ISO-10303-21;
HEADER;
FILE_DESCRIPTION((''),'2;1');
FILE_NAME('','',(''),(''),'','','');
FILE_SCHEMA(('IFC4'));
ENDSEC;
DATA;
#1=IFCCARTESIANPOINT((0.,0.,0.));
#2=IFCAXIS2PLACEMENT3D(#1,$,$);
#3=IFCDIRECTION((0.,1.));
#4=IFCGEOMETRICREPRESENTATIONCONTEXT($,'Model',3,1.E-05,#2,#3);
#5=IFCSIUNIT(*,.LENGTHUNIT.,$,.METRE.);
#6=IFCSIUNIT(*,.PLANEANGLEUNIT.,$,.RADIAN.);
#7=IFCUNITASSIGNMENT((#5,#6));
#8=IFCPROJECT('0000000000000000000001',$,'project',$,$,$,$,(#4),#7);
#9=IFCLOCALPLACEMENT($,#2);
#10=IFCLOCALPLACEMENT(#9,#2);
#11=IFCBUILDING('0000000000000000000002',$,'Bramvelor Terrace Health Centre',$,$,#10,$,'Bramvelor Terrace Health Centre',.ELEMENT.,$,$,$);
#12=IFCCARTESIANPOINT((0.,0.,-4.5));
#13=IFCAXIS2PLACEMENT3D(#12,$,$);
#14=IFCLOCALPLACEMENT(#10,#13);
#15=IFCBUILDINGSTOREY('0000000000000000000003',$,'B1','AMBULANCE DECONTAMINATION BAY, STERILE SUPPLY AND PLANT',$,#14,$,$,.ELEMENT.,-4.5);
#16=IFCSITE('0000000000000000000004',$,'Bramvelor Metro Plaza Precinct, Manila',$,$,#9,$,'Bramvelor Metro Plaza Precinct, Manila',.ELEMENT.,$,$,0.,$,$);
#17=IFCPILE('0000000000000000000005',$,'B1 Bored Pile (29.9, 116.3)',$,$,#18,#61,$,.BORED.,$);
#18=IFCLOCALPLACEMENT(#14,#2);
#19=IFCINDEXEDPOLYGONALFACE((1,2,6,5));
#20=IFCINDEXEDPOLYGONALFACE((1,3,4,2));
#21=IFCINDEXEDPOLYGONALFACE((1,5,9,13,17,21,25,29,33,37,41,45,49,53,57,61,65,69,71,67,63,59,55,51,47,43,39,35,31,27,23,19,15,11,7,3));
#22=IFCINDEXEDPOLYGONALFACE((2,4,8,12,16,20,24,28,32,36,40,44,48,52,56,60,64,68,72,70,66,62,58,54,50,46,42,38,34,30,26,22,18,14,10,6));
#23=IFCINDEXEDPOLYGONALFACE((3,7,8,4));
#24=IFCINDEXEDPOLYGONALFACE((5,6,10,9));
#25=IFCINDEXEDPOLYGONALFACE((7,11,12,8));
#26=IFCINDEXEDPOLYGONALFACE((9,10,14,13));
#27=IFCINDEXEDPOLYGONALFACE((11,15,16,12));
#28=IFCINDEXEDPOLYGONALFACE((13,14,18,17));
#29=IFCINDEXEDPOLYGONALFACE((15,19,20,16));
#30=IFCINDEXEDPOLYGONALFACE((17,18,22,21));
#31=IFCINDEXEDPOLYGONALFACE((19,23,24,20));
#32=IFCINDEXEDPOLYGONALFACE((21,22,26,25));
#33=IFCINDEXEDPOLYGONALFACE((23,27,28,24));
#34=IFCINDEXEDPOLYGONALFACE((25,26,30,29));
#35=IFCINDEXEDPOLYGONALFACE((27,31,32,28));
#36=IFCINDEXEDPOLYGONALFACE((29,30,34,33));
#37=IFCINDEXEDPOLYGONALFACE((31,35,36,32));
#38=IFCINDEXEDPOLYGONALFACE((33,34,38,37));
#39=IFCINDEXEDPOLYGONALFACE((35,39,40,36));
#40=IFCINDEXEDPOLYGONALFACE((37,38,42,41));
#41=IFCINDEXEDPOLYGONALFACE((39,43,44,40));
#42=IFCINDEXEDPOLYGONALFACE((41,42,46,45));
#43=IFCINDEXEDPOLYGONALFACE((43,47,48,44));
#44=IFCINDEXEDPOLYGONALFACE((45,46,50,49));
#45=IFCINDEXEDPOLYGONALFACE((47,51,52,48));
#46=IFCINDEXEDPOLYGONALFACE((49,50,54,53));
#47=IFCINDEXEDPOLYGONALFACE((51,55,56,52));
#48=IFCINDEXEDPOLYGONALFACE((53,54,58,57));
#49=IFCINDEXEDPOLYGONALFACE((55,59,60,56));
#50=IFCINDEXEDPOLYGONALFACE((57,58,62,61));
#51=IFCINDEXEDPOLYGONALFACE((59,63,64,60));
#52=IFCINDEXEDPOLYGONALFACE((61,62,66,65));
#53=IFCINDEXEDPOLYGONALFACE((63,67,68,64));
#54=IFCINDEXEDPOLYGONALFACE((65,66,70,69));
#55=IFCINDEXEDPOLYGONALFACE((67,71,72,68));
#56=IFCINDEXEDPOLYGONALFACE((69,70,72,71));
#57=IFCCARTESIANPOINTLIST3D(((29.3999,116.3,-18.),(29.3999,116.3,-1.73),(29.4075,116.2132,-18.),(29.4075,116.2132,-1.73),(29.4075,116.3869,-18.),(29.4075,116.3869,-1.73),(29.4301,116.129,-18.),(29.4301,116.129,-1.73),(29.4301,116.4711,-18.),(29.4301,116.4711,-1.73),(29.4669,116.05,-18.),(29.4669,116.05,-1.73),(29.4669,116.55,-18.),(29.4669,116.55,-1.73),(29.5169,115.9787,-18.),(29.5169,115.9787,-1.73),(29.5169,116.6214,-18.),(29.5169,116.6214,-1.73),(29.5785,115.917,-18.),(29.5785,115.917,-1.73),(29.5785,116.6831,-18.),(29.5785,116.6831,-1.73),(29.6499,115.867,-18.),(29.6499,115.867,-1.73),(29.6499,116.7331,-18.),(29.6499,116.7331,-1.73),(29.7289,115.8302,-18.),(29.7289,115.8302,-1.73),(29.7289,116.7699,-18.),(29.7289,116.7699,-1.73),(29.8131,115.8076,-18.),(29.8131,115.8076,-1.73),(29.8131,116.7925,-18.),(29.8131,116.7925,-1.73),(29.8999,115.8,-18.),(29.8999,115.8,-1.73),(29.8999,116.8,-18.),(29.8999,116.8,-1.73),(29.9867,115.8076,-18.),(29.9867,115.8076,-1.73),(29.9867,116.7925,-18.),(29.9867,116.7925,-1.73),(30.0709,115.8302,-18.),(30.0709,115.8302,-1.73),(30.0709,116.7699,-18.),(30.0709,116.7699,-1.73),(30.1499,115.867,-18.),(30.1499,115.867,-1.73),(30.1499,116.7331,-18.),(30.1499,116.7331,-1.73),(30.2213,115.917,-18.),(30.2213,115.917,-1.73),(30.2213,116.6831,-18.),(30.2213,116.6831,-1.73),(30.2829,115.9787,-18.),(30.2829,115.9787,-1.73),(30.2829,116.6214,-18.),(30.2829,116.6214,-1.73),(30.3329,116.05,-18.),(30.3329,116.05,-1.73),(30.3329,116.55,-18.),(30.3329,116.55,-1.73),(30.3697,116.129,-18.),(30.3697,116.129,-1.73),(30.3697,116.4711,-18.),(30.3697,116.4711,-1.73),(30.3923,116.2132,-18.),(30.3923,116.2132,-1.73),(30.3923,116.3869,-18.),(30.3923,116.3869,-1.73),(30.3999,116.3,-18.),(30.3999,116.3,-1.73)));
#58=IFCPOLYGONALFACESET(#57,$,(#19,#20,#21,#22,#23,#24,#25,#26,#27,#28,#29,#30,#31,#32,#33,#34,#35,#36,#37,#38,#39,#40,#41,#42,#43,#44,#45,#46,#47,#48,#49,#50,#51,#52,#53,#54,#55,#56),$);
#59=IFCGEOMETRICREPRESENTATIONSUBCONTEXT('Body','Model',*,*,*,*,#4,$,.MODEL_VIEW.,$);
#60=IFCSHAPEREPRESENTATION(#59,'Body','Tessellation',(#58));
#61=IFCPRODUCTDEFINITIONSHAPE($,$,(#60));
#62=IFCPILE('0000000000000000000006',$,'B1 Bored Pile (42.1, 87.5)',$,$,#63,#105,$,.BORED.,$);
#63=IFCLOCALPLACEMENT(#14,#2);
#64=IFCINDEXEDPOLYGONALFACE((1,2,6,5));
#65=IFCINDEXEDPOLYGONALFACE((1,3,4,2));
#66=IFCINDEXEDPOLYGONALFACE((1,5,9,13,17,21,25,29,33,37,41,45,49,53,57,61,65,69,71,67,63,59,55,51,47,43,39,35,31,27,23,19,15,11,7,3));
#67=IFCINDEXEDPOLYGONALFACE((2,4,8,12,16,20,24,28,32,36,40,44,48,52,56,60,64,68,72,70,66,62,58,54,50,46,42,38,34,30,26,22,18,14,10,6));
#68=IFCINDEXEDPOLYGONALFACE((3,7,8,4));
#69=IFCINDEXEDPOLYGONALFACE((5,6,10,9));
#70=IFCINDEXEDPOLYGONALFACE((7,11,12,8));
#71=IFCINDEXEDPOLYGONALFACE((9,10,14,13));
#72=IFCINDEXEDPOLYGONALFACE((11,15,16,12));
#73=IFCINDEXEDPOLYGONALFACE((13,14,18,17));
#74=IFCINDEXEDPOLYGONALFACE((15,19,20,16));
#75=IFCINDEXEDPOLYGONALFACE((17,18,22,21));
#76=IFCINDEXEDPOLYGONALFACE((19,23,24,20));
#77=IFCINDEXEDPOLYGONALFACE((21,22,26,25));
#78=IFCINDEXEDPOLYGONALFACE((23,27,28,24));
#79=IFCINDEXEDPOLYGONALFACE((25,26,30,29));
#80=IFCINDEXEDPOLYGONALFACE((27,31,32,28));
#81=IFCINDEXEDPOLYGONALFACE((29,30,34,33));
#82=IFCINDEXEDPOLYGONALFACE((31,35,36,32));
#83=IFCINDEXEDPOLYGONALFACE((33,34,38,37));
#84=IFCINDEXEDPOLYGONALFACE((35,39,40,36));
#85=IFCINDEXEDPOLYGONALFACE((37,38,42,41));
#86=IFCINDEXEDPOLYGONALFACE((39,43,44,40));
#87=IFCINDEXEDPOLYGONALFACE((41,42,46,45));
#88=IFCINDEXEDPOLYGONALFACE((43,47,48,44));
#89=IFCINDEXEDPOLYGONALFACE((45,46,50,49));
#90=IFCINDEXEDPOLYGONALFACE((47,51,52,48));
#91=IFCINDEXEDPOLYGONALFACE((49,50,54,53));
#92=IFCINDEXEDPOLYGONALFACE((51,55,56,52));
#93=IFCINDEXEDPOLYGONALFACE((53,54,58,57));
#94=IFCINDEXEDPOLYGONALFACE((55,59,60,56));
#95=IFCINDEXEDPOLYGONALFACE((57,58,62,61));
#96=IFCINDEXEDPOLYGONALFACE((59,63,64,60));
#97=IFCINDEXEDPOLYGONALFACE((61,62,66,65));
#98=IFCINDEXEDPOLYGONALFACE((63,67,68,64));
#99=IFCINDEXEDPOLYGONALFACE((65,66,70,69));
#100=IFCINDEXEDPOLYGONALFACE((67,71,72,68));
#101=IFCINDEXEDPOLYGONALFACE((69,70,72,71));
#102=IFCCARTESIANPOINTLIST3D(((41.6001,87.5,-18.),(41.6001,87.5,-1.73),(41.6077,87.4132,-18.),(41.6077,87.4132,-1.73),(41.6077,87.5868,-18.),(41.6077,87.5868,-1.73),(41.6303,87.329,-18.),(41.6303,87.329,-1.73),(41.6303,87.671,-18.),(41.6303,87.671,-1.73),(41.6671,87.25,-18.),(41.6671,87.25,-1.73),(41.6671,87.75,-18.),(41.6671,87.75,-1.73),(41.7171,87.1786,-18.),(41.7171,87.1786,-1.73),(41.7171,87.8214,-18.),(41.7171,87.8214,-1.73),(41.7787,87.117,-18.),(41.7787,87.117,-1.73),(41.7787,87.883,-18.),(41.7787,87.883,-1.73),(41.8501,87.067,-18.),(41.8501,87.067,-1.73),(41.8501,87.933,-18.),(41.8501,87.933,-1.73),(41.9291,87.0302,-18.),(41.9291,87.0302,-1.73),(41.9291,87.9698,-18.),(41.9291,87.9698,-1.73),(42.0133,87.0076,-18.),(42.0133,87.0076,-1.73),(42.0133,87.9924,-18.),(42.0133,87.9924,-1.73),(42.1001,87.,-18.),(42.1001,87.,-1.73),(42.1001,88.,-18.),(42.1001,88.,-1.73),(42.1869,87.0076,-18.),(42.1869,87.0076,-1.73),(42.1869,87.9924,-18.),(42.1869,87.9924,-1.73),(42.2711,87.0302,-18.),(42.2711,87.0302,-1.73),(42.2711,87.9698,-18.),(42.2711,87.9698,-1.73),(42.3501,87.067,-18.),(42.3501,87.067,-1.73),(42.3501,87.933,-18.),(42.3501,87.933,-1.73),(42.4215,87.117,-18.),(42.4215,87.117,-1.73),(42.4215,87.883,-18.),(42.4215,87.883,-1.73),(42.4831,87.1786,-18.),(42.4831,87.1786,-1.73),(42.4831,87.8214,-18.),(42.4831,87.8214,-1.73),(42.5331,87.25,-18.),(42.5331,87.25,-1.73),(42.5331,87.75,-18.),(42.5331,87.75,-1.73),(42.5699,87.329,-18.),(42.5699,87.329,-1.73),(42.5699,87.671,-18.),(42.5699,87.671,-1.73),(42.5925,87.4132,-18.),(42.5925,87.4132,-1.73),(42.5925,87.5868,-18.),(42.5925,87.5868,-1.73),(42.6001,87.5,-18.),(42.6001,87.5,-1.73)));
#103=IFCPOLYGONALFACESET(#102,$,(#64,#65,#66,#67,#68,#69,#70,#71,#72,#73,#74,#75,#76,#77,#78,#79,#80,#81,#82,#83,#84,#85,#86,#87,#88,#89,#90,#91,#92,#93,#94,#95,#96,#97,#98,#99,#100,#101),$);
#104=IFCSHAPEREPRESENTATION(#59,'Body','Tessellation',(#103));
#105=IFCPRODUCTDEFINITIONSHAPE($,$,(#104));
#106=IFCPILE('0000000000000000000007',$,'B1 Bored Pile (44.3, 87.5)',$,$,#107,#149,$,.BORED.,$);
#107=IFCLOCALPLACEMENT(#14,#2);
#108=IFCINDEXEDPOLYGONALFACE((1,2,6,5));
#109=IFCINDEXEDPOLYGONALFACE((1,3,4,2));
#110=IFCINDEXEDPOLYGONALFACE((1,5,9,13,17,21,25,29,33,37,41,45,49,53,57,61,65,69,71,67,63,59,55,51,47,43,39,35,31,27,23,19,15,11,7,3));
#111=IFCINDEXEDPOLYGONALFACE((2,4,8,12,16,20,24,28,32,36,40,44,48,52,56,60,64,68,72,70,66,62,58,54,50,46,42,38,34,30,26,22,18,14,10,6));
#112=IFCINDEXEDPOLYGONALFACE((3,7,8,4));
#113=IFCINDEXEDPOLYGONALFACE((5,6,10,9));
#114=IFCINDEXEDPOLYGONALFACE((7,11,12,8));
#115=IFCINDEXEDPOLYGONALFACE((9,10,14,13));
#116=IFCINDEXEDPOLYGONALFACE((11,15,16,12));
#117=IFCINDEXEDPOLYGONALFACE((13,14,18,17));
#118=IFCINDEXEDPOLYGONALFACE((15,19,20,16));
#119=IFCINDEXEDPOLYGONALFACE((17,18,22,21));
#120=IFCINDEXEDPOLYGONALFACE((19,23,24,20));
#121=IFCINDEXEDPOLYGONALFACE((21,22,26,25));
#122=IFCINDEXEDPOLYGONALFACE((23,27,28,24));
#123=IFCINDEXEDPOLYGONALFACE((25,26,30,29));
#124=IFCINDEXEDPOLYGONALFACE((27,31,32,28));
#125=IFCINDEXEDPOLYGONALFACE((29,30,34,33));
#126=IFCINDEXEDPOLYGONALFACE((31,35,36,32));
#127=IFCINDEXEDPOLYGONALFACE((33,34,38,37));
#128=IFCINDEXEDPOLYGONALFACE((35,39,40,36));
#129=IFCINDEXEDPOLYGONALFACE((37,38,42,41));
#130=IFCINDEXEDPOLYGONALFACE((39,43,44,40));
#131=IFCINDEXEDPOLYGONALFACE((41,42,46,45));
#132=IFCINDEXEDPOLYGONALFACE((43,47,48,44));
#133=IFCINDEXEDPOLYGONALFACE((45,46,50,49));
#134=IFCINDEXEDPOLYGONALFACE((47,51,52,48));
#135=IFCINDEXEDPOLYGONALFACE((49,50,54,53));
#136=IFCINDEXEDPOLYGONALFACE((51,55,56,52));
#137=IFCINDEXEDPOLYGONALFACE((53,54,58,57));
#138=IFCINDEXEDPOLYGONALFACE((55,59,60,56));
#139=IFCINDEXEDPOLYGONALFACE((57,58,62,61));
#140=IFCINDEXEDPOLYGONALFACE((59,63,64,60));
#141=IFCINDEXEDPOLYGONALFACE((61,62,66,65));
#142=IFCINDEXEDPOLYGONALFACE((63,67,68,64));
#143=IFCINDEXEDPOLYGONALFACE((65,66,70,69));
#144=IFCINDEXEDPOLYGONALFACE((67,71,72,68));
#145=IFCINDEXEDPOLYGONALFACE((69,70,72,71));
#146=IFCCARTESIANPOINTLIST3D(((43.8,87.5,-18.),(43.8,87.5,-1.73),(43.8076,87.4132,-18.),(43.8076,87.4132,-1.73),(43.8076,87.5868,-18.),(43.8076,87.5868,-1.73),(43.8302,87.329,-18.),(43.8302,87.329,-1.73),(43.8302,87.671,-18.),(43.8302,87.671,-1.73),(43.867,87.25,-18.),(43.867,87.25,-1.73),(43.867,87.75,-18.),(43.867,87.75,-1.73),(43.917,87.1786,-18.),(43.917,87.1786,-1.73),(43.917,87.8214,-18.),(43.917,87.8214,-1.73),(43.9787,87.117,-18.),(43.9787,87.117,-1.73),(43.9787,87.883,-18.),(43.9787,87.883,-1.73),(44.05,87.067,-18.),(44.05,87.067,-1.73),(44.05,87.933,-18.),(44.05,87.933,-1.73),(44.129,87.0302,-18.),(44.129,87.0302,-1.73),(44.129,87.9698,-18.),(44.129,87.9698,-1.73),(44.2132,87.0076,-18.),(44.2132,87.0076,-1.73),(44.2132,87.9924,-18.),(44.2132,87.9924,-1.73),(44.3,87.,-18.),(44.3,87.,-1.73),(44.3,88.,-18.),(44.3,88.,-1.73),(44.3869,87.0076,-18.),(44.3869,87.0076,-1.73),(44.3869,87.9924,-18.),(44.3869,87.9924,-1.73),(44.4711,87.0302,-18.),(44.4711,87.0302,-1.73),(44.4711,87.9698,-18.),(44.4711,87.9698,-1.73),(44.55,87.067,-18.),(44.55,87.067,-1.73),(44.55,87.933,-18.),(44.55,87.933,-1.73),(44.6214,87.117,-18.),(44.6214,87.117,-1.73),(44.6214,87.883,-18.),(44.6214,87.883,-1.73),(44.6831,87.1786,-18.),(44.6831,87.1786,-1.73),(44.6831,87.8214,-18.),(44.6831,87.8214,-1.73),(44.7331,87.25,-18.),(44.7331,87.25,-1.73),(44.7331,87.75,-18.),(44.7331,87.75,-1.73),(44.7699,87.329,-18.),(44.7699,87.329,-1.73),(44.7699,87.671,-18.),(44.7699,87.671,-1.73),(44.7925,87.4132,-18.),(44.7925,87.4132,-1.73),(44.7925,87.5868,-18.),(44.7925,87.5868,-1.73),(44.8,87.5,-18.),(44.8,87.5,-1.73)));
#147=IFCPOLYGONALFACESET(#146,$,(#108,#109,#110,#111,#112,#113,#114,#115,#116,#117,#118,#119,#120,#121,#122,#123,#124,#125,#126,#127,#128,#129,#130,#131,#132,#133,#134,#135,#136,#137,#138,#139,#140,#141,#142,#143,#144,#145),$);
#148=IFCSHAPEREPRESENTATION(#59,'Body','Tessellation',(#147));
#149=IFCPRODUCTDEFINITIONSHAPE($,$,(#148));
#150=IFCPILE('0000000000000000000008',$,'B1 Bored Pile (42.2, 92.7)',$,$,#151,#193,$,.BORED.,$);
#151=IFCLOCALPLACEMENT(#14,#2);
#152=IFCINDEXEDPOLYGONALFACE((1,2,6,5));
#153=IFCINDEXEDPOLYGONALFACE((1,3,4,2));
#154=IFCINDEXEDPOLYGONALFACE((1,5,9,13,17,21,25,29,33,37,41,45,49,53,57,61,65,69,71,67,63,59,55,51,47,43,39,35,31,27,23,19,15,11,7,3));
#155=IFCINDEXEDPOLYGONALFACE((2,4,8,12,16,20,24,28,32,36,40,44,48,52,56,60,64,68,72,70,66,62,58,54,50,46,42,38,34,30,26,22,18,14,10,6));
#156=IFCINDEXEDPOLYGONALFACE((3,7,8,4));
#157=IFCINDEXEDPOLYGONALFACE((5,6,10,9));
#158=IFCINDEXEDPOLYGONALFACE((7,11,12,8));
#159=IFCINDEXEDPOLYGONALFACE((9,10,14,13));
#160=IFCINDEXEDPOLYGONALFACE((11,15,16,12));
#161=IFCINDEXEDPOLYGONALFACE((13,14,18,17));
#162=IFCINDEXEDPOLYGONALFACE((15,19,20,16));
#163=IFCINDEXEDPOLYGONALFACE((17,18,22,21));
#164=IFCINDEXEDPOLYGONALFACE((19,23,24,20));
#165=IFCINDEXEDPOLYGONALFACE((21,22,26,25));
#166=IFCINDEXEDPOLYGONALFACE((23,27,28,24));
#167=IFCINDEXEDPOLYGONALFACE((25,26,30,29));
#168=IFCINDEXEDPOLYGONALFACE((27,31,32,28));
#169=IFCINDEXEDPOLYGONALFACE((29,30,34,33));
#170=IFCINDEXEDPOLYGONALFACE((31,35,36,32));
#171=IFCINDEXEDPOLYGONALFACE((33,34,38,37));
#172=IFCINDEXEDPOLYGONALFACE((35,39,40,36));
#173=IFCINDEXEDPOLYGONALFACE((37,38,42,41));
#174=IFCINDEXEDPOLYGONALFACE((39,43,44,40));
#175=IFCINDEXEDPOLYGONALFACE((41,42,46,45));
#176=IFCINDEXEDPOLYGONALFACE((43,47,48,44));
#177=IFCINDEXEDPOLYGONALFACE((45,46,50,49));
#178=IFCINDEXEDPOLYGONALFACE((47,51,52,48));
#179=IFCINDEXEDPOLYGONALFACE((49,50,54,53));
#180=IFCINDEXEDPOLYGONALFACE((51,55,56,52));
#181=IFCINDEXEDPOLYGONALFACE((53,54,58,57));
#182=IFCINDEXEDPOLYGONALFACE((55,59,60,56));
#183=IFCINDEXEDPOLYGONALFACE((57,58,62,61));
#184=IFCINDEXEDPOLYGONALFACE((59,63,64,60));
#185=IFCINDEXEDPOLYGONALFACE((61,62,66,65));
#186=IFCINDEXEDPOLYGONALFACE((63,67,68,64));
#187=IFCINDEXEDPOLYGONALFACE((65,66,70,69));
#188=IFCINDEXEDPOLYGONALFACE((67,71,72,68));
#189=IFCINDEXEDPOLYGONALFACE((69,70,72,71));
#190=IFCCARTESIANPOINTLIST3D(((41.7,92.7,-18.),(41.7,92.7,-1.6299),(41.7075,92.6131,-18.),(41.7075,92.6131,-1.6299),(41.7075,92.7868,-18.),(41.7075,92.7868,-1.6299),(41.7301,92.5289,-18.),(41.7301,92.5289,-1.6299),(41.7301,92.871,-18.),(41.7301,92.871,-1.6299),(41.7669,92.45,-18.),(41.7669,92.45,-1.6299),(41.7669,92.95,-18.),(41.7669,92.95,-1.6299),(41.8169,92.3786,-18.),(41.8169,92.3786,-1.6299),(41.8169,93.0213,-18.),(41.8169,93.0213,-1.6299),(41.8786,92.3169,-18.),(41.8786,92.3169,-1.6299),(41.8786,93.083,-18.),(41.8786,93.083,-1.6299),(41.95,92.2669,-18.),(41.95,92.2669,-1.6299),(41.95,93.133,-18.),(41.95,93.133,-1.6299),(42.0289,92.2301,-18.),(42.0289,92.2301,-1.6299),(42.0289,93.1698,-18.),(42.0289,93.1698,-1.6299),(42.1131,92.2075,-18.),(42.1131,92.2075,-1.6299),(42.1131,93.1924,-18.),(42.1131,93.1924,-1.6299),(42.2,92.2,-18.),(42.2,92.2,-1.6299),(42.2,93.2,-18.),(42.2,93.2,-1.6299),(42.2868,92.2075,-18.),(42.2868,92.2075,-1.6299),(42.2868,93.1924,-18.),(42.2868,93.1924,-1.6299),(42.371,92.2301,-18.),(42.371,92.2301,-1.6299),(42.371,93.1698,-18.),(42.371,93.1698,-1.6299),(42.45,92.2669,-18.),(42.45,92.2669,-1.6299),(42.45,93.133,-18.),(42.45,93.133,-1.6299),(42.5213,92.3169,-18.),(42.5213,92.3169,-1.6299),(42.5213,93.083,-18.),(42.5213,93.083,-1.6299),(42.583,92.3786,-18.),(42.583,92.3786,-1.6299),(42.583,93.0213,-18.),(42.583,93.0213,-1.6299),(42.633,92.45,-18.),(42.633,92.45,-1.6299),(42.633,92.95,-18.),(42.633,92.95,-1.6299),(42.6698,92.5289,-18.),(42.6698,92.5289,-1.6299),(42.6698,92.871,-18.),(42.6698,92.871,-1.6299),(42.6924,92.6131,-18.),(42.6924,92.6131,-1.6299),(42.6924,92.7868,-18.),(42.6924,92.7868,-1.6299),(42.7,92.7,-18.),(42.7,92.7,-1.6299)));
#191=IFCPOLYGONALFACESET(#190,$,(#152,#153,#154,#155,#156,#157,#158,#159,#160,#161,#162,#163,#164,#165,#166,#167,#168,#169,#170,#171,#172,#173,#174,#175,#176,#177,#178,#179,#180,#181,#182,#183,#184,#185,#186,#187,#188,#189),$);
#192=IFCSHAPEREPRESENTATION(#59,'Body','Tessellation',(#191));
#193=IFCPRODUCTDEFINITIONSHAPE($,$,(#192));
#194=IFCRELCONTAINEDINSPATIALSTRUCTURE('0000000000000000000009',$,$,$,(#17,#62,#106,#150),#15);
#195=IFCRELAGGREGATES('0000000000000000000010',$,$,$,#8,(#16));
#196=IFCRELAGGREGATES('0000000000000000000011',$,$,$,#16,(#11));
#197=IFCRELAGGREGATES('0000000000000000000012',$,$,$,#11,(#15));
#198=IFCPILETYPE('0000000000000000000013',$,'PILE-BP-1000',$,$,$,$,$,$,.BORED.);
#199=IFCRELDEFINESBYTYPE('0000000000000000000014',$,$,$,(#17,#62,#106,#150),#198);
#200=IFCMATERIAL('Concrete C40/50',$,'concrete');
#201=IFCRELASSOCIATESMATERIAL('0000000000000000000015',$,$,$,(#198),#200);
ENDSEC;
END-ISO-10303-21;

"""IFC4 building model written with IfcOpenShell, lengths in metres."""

from ifc_helpers import new_model, si_unit, direction, frame, origin, origin_2d, place, context, subcontext, project, spatial, circle, extrude, material, material_profile, profile_set, type_object, element, save


model = new_model("IFC4")

# Units and contexts
model_context = context("Model", 3, precision=1e-05, world=origin(), true_north=direction((0.0, 1.0)))
body_context = subcontext(model_context, "Body", "Model", "MODEL_VIEW")
ifc_project = project(units=[si_unit("LENGTHUNIT", "METRE"), si_unit("PLANEANGLEUNIT", "RADIAN")], contexts=[model_context])

# Site, building, storey
site_placement = place(None, origin())
site = spatial("IfcSite", under=ifc_project, at=site_placement, Name="Bramvelor Metro Plaza Precinct, Manila", LongName="Bramvelor Metro Plaza Precinct, Manila", CompositionType="ELEMENT", RefElevation=0.0)
building_placement = place(site_placement, origin())
building = spatial("IfcBuilding", under=site, at=building_placement, Name="Bramvelor Terrace Health Centre", LongName="Bramvelor Terrace Health Centre", CompositionType="ELEMENT")
storey_placement = place(building_placement, frame((0.0, 0.0, -4.5)))
storey = spatial("IfcBuildingStorey", under=building, at=storey_placement, Name="B1", Description="AMBULANCE DECONTAMINATION BAY, STERILE SUPPLY AND PLANT", CompositionType="ELEMENT", Elevation=-4.5)

# Piles
ifc_material_1 = material(Name="Concrete C40/50", Category="concrete")
ifc_material_profile_1 = material_profile(ifc_material_1, circle(Radius=0.5, at=origin_2d()), Name="BP D1000")
ifc_profile_set_1 = profile_set([ifc_material_profile_1], Name="Concrete C40/50")
pile_type = type_object("IfcPileType", Name="PILE-BP-1000", PredefinedType="BORED", material=ifc_profile_set_1)
for number, where, z_axis, x_axis, name in (
    (1, (29.8999, 116.3, -1.73), (0.0, 0.0, -1.0), (1.0, 0.0, 0.0), "B1 Bored Pile (29.9, 116.3)"),
    (2, (42.1001, 87.5, -1.73), (0.0, 0.0, -1.0), (1.0, 0.0, 0.0), "B1 Bored Pile (42.1, 87.5)"),
    (3, (44.3, 87.5, -1.73), (0.0, 0.0, -1.0), (1.0, 0.0, 0.0), "B1 Bored Pile (44.3, 87.5)"),
):
    element("IfcPile", number, at=place(storey_placement, frame(where, z_axis=z_axis, x_axis=x_axis)), inside=storey, type_object=pile_type, Name=name, PredefinedType="BORED", context=body_context, shape_type="SweptSolid", body=[
        extrude(circle(Radius=0.5, at=origin_2d()), origin(), (0.0, 0.0, 1.0), 16.27),
    ])
for number, where, z_axis, x_axis, name in (
    (4, (42.2, 92.7, -1.6299), (0.0, 0.0, -1.0), (1.0, 0.0, 0.0), "B1 Bored Pile (42.2, 92.7)"),
):
    element("IfcPile", number, at=place(storey_placement, frame(where, z_axis=z_axis, x_axis=x_axis)), inside=storey, type_object=pile_type, Name=name, PredefinedType="BORED", context=body_context, shape_type="SweptSolid", body=[
        extrude(circle(Radius=0.5, at=origin_2d()), origin(), (0.0, 0.0, 1.0), 16.3701),
    ])

save(model, "model.ifc")
